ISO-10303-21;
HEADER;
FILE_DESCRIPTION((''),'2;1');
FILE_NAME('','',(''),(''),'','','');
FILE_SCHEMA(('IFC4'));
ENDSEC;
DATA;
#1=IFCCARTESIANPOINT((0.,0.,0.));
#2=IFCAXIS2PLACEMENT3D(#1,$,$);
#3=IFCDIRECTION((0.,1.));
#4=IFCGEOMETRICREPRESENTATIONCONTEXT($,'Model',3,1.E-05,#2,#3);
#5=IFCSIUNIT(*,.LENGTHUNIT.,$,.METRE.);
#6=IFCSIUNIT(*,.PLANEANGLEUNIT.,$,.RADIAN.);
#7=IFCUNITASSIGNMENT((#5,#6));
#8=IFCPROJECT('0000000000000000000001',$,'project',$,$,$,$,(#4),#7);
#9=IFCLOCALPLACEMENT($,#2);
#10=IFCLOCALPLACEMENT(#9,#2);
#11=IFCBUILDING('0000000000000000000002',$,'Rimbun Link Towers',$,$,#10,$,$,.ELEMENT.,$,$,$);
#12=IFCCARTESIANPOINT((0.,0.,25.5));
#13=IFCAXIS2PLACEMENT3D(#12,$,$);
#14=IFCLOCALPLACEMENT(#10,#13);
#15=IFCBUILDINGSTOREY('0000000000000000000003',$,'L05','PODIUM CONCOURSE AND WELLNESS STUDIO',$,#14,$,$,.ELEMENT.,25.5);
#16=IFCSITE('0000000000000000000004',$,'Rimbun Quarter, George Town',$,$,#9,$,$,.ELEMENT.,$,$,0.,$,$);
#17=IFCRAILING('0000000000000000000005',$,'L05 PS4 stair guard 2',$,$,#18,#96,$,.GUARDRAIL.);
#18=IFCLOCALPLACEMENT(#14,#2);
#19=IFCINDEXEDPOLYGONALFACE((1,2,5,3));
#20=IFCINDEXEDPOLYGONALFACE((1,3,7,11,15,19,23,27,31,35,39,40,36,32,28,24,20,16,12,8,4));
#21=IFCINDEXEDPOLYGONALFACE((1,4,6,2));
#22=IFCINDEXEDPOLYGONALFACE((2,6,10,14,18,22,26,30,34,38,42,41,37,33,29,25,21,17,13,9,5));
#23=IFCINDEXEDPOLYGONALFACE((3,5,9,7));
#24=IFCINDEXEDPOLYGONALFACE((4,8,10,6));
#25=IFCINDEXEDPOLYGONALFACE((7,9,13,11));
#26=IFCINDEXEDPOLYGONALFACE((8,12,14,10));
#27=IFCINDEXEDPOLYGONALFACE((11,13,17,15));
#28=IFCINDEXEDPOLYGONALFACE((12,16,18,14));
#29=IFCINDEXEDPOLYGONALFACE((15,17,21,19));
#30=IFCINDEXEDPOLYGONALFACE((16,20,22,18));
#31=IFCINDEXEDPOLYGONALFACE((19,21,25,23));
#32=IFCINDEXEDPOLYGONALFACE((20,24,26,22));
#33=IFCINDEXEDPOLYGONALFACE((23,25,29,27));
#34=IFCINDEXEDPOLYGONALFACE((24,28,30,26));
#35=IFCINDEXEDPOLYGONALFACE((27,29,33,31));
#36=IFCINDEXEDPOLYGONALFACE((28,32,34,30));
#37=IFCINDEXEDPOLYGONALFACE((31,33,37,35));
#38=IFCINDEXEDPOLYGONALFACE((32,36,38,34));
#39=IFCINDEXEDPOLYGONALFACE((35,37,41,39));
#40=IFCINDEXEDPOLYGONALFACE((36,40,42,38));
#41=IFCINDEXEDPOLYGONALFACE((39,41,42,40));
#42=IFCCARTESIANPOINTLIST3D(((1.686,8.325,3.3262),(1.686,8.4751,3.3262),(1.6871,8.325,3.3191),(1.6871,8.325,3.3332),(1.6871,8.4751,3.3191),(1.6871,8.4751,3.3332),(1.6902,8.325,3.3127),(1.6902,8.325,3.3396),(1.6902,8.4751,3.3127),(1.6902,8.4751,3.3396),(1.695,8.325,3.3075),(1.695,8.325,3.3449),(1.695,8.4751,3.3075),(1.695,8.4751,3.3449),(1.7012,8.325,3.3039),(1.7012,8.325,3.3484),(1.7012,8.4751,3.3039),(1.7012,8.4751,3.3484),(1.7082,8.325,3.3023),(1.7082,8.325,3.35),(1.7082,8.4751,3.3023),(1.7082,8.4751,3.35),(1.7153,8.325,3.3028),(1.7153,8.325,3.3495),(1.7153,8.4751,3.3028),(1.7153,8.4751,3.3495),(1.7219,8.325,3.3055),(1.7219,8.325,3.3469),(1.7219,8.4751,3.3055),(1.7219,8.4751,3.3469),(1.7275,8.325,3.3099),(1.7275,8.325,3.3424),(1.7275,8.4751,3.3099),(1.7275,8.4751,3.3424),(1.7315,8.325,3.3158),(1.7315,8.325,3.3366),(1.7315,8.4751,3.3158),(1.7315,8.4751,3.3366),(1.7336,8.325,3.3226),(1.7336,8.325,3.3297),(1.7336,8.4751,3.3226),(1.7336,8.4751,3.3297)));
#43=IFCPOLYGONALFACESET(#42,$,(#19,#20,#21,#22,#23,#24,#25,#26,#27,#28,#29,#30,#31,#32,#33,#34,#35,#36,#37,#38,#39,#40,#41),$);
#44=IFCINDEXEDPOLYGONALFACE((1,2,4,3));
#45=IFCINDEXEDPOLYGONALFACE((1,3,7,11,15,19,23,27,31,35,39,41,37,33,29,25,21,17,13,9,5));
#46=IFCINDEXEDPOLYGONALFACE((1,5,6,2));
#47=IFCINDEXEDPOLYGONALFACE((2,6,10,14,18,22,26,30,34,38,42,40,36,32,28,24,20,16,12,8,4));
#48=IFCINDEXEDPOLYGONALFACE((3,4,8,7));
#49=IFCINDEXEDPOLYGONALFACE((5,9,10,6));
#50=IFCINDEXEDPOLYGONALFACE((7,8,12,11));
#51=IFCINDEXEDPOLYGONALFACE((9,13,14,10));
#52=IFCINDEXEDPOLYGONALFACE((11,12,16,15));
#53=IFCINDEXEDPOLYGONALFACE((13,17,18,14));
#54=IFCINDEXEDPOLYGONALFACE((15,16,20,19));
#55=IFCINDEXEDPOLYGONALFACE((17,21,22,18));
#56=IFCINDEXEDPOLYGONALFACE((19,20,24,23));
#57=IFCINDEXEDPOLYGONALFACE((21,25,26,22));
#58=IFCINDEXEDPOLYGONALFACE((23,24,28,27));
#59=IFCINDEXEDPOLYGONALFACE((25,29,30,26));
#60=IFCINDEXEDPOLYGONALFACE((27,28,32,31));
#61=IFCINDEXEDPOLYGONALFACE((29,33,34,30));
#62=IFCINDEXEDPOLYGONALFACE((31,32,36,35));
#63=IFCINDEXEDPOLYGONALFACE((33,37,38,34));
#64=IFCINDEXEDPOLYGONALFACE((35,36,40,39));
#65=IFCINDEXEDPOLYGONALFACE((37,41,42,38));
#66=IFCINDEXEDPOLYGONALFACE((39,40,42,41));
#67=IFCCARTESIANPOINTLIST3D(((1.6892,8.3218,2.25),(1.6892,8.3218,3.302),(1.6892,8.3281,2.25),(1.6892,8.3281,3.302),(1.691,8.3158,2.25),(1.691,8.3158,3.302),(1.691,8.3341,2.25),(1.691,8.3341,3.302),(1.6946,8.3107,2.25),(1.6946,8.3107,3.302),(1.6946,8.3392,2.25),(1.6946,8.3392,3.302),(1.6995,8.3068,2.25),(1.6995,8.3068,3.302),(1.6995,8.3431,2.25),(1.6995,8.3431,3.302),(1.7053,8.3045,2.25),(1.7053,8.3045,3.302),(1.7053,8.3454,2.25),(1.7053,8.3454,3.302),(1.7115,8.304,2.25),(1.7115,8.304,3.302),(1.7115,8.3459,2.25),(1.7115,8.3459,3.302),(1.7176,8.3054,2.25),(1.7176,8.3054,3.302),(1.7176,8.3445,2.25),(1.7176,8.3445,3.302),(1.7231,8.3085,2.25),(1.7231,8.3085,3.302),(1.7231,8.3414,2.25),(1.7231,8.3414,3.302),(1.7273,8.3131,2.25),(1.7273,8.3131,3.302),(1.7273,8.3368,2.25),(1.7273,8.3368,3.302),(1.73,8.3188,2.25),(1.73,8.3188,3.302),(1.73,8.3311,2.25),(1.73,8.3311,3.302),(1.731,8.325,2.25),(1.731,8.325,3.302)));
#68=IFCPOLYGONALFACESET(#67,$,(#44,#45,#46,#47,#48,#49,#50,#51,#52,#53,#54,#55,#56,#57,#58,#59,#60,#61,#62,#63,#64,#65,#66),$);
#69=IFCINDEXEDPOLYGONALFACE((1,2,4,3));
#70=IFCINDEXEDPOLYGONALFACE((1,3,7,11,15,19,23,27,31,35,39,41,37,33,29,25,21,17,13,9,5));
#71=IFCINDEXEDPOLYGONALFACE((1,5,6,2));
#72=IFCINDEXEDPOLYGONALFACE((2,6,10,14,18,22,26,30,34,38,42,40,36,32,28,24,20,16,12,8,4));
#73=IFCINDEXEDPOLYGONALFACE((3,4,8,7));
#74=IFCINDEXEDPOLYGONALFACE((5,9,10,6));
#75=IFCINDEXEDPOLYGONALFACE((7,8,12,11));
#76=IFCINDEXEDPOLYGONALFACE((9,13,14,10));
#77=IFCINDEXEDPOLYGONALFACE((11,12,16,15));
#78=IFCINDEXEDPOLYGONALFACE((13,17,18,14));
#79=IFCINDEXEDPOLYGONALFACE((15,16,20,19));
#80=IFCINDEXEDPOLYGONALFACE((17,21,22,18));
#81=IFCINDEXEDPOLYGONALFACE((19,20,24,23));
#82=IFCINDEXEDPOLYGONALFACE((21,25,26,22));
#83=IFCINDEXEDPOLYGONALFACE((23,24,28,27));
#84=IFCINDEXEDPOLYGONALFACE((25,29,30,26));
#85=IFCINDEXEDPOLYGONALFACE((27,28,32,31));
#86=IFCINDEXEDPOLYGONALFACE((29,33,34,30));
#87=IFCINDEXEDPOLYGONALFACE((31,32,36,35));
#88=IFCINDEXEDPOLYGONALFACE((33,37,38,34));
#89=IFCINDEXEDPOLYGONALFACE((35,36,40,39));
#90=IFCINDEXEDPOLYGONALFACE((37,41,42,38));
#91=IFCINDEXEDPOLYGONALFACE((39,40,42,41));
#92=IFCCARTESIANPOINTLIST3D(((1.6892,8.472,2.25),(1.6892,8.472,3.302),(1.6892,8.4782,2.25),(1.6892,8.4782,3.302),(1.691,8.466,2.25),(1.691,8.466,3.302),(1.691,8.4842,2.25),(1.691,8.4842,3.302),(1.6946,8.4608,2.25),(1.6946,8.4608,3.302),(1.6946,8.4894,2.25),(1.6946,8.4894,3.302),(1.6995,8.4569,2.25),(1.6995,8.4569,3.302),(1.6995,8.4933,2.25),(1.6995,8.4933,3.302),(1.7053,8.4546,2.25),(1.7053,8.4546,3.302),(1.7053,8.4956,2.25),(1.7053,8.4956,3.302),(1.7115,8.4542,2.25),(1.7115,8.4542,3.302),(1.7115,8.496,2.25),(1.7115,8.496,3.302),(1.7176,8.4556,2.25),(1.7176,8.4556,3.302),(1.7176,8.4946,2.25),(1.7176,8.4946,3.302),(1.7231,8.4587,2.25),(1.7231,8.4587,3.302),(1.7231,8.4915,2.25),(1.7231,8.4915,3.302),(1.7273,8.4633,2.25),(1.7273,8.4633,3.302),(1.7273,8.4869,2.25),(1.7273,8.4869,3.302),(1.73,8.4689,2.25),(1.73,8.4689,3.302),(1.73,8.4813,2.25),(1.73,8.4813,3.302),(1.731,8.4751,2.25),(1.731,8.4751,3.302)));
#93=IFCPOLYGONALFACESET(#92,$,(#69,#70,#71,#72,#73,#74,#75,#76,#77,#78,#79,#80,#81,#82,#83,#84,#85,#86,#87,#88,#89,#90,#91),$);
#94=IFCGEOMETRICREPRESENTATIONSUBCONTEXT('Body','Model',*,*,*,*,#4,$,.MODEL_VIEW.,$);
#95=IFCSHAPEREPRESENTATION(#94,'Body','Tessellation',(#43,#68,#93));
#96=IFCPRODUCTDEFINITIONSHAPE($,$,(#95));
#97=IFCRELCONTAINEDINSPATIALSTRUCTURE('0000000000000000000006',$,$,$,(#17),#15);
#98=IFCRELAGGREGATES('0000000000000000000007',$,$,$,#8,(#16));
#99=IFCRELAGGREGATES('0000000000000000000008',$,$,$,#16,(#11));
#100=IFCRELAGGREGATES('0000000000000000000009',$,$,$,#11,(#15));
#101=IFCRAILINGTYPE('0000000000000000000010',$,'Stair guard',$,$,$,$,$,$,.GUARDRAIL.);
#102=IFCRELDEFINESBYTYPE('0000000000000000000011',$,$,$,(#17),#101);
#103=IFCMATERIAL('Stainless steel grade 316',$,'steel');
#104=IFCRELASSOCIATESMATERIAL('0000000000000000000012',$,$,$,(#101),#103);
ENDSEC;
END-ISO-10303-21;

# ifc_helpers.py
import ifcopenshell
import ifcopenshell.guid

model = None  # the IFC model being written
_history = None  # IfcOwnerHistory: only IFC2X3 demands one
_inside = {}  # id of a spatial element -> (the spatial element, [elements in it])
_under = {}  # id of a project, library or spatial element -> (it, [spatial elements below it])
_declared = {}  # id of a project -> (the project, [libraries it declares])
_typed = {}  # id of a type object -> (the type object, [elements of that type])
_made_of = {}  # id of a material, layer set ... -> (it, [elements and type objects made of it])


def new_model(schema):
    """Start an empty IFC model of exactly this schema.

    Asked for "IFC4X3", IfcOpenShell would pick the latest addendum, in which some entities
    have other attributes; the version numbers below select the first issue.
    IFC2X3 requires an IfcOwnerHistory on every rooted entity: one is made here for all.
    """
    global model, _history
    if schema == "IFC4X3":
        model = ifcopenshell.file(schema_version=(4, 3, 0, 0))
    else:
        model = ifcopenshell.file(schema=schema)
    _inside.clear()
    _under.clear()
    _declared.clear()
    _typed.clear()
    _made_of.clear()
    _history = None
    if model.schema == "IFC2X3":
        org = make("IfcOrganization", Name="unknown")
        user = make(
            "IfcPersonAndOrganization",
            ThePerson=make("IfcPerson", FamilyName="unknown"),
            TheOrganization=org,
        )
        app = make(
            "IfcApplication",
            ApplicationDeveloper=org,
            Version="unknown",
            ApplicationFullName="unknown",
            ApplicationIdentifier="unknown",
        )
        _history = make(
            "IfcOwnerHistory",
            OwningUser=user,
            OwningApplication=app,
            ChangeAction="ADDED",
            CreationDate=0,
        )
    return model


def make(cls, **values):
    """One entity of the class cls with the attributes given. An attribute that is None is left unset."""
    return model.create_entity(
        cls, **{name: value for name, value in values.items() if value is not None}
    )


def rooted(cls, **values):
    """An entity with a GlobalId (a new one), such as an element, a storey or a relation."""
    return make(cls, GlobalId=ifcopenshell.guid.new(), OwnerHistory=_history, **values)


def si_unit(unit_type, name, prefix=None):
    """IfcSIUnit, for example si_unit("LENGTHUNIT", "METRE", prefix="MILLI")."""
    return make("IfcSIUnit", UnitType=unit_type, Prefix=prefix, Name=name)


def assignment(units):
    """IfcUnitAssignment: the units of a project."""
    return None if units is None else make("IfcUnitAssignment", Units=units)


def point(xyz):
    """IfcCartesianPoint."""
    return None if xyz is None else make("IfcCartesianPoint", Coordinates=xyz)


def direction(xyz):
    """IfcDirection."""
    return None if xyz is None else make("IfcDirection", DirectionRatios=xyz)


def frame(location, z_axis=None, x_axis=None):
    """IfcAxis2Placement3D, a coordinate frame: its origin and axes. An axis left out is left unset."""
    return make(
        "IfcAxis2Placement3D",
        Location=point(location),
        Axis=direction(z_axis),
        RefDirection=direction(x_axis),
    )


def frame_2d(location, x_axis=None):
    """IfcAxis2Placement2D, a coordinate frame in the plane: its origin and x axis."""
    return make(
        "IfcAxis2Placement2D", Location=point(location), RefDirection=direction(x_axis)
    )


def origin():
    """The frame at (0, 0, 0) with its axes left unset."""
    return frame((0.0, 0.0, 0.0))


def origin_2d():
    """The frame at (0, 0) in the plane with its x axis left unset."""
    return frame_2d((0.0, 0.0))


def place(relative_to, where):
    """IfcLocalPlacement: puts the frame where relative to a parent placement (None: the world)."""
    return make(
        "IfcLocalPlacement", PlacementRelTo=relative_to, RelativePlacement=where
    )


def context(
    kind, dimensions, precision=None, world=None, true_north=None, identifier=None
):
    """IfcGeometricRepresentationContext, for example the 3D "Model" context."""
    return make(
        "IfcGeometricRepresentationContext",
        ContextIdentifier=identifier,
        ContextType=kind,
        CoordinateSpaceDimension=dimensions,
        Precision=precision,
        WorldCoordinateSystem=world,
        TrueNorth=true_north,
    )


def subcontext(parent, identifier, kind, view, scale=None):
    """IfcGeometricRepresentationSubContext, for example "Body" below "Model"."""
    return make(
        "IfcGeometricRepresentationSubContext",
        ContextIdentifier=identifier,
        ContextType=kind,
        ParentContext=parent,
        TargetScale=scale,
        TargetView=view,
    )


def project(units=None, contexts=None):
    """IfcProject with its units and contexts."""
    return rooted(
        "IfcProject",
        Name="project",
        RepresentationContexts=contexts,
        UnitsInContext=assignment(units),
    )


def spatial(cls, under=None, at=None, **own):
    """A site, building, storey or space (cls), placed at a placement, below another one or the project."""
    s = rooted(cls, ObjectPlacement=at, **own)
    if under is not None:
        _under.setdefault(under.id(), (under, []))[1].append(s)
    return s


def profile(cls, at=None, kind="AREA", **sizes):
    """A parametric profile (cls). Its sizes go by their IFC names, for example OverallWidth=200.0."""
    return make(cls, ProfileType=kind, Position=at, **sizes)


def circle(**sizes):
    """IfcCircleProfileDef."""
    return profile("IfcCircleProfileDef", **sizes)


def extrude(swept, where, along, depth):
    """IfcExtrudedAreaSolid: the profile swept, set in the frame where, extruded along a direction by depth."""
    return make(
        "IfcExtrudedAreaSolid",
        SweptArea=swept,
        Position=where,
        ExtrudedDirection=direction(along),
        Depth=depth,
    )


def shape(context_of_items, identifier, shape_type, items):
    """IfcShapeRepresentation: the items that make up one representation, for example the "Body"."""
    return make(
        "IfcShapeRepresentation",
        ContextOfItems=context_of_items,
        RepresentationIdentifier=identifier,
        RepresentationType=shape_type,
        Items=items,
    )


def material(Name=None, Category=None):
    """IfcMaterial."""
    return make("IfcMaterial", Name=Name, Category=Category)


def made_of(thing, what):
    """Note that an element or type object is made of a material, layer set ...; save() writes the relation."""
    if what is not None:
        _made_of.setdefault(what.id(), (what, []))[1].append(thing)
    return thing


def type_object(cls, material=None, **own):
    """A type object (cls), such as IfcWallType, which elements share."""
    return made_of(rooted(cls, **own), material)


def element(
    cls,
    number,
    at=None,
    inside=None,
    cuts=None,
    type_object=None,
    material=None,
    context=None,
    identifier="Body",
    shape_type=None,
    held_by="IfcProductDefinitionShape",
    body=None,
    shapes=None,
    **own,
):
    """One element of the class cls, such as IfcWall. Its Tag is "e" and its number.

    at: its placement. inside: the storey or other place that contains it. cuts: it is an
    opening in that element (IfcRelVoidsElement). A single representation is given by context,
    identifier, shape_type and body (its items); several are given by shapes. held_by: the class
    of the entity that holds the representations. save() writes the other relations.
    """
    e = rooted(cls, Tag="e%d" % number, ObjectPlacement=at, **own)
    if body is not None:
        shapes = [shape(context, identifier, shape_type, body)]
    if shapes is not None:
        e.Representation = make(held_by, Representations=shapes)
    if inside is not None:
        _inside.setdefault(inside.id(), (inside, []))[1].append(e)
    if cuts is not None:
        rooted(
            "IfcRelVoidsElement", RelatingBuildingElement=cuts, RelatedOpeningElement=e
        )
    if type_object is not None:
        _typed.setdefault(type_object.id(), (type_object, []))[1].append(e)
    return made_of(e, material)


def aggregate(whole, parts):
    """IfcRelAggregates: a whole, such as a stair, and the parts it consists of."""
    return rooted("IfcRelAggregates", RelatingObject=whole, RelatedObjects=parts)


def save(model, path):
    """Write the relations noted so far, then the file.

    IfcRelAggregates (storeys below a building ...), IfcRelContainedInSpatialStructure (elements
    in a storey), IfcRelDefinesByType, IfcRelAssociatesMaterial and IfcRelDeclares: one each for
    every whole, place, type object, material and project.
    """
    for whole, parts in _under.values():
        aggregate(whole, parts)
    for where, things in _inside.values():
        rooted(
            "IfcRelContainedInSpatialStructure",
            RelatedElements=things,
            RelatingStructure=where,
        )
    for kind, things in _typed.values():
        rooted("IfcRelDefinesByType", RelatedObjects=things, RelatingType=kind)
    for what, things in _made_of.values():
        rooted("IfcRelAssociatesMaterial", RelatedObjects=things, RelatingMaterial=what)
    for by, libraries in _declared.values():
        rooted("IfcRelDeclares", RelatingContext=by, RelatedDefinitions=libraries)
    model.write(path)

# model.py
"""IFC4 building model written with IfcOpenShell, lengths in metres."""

from ifc_helpers import new_model, si_unit, direction, frame, origin, origin_2d, place, context, subcontext, project, spatial, circle, extrude, material, type_object, element, save


model = new_model("IFC4")

# Units and contexts
model_context = context("Model", 3, precision=1e-05, world=origin(), true_north=direction((0.0, 1.0)))
body_context = subcontext(model_context, "Body", "Model", "MODEL_VIEW")
ifc_project = project(units=[si_unit("LENGTHUNIT", "METRE"), si_unit("PLANEANGLEUNIT", "RADIAN")], contexts=[model_context])

# Site, building, storey
site_placement = place(None, origin())
site = spatial("IfcSite", under=ifc_project, at=site_placement, Name="Rimbun Quarter, George Town", CompositionType="ELEMENT", RefElevation=0.0)
building_placement = place(site_placement, origin())
building = spatial("IfcBuilding", under=site, at=building_placement, Name="Rimbun Link Towers", CompositionType="ELEMENT")
storey_placement = place(building_placement, frame((0.0, 0.0, 25.5)))
storey = spatial("IfcBuildingStorey", under=building, at=storey_placement, Name="L05", Description="PODIUM CONCOURSE AND WELLNESS STUDIO", CompositionType="ELEMENT", Elevation=25.5)

# Railing
ifc_material_1 = material(Name="Stainless steel grade 316", Category="steel")
railing_type_1 = type_object("IfcRailingType", Name="Stair guard", PredefinedType="GUARDRAIL", material=ifc_material_1)
railing_1_placement = place(storey_placement, frame((1.71, 8.325, 2.25)))
element("IfcRailing", 1, at=railing_1_placement, inside=storey, type_object=railing_type_1, Name="L05 PS4 stair guard 2", PredefinedType="GUARDRAIL", context=body_context, shape_type="SweptSolid", body=[
    extrude(circle(Radius=0.0239, at=origin_2d()), frame((0.0, 0.0, 1.0762), z_axis=(0.0, 1.0, 0.0), x_axis=(-1.0, 0.0, 0.0)), (0.0, 0.0, 1.0), 0.1501),
    extrude(circle(Radius=0.021, at=origin_2d()), origin(), (0.0, 0.0, 1.0), 1.052),
    extrude(circle(Radius=0.021, at=origin_2d()), frame((0.0, 0.1501, 0.0)), (0.0, 0.0, 1.0), 1.052),
])

save(model, "model.ifc")
